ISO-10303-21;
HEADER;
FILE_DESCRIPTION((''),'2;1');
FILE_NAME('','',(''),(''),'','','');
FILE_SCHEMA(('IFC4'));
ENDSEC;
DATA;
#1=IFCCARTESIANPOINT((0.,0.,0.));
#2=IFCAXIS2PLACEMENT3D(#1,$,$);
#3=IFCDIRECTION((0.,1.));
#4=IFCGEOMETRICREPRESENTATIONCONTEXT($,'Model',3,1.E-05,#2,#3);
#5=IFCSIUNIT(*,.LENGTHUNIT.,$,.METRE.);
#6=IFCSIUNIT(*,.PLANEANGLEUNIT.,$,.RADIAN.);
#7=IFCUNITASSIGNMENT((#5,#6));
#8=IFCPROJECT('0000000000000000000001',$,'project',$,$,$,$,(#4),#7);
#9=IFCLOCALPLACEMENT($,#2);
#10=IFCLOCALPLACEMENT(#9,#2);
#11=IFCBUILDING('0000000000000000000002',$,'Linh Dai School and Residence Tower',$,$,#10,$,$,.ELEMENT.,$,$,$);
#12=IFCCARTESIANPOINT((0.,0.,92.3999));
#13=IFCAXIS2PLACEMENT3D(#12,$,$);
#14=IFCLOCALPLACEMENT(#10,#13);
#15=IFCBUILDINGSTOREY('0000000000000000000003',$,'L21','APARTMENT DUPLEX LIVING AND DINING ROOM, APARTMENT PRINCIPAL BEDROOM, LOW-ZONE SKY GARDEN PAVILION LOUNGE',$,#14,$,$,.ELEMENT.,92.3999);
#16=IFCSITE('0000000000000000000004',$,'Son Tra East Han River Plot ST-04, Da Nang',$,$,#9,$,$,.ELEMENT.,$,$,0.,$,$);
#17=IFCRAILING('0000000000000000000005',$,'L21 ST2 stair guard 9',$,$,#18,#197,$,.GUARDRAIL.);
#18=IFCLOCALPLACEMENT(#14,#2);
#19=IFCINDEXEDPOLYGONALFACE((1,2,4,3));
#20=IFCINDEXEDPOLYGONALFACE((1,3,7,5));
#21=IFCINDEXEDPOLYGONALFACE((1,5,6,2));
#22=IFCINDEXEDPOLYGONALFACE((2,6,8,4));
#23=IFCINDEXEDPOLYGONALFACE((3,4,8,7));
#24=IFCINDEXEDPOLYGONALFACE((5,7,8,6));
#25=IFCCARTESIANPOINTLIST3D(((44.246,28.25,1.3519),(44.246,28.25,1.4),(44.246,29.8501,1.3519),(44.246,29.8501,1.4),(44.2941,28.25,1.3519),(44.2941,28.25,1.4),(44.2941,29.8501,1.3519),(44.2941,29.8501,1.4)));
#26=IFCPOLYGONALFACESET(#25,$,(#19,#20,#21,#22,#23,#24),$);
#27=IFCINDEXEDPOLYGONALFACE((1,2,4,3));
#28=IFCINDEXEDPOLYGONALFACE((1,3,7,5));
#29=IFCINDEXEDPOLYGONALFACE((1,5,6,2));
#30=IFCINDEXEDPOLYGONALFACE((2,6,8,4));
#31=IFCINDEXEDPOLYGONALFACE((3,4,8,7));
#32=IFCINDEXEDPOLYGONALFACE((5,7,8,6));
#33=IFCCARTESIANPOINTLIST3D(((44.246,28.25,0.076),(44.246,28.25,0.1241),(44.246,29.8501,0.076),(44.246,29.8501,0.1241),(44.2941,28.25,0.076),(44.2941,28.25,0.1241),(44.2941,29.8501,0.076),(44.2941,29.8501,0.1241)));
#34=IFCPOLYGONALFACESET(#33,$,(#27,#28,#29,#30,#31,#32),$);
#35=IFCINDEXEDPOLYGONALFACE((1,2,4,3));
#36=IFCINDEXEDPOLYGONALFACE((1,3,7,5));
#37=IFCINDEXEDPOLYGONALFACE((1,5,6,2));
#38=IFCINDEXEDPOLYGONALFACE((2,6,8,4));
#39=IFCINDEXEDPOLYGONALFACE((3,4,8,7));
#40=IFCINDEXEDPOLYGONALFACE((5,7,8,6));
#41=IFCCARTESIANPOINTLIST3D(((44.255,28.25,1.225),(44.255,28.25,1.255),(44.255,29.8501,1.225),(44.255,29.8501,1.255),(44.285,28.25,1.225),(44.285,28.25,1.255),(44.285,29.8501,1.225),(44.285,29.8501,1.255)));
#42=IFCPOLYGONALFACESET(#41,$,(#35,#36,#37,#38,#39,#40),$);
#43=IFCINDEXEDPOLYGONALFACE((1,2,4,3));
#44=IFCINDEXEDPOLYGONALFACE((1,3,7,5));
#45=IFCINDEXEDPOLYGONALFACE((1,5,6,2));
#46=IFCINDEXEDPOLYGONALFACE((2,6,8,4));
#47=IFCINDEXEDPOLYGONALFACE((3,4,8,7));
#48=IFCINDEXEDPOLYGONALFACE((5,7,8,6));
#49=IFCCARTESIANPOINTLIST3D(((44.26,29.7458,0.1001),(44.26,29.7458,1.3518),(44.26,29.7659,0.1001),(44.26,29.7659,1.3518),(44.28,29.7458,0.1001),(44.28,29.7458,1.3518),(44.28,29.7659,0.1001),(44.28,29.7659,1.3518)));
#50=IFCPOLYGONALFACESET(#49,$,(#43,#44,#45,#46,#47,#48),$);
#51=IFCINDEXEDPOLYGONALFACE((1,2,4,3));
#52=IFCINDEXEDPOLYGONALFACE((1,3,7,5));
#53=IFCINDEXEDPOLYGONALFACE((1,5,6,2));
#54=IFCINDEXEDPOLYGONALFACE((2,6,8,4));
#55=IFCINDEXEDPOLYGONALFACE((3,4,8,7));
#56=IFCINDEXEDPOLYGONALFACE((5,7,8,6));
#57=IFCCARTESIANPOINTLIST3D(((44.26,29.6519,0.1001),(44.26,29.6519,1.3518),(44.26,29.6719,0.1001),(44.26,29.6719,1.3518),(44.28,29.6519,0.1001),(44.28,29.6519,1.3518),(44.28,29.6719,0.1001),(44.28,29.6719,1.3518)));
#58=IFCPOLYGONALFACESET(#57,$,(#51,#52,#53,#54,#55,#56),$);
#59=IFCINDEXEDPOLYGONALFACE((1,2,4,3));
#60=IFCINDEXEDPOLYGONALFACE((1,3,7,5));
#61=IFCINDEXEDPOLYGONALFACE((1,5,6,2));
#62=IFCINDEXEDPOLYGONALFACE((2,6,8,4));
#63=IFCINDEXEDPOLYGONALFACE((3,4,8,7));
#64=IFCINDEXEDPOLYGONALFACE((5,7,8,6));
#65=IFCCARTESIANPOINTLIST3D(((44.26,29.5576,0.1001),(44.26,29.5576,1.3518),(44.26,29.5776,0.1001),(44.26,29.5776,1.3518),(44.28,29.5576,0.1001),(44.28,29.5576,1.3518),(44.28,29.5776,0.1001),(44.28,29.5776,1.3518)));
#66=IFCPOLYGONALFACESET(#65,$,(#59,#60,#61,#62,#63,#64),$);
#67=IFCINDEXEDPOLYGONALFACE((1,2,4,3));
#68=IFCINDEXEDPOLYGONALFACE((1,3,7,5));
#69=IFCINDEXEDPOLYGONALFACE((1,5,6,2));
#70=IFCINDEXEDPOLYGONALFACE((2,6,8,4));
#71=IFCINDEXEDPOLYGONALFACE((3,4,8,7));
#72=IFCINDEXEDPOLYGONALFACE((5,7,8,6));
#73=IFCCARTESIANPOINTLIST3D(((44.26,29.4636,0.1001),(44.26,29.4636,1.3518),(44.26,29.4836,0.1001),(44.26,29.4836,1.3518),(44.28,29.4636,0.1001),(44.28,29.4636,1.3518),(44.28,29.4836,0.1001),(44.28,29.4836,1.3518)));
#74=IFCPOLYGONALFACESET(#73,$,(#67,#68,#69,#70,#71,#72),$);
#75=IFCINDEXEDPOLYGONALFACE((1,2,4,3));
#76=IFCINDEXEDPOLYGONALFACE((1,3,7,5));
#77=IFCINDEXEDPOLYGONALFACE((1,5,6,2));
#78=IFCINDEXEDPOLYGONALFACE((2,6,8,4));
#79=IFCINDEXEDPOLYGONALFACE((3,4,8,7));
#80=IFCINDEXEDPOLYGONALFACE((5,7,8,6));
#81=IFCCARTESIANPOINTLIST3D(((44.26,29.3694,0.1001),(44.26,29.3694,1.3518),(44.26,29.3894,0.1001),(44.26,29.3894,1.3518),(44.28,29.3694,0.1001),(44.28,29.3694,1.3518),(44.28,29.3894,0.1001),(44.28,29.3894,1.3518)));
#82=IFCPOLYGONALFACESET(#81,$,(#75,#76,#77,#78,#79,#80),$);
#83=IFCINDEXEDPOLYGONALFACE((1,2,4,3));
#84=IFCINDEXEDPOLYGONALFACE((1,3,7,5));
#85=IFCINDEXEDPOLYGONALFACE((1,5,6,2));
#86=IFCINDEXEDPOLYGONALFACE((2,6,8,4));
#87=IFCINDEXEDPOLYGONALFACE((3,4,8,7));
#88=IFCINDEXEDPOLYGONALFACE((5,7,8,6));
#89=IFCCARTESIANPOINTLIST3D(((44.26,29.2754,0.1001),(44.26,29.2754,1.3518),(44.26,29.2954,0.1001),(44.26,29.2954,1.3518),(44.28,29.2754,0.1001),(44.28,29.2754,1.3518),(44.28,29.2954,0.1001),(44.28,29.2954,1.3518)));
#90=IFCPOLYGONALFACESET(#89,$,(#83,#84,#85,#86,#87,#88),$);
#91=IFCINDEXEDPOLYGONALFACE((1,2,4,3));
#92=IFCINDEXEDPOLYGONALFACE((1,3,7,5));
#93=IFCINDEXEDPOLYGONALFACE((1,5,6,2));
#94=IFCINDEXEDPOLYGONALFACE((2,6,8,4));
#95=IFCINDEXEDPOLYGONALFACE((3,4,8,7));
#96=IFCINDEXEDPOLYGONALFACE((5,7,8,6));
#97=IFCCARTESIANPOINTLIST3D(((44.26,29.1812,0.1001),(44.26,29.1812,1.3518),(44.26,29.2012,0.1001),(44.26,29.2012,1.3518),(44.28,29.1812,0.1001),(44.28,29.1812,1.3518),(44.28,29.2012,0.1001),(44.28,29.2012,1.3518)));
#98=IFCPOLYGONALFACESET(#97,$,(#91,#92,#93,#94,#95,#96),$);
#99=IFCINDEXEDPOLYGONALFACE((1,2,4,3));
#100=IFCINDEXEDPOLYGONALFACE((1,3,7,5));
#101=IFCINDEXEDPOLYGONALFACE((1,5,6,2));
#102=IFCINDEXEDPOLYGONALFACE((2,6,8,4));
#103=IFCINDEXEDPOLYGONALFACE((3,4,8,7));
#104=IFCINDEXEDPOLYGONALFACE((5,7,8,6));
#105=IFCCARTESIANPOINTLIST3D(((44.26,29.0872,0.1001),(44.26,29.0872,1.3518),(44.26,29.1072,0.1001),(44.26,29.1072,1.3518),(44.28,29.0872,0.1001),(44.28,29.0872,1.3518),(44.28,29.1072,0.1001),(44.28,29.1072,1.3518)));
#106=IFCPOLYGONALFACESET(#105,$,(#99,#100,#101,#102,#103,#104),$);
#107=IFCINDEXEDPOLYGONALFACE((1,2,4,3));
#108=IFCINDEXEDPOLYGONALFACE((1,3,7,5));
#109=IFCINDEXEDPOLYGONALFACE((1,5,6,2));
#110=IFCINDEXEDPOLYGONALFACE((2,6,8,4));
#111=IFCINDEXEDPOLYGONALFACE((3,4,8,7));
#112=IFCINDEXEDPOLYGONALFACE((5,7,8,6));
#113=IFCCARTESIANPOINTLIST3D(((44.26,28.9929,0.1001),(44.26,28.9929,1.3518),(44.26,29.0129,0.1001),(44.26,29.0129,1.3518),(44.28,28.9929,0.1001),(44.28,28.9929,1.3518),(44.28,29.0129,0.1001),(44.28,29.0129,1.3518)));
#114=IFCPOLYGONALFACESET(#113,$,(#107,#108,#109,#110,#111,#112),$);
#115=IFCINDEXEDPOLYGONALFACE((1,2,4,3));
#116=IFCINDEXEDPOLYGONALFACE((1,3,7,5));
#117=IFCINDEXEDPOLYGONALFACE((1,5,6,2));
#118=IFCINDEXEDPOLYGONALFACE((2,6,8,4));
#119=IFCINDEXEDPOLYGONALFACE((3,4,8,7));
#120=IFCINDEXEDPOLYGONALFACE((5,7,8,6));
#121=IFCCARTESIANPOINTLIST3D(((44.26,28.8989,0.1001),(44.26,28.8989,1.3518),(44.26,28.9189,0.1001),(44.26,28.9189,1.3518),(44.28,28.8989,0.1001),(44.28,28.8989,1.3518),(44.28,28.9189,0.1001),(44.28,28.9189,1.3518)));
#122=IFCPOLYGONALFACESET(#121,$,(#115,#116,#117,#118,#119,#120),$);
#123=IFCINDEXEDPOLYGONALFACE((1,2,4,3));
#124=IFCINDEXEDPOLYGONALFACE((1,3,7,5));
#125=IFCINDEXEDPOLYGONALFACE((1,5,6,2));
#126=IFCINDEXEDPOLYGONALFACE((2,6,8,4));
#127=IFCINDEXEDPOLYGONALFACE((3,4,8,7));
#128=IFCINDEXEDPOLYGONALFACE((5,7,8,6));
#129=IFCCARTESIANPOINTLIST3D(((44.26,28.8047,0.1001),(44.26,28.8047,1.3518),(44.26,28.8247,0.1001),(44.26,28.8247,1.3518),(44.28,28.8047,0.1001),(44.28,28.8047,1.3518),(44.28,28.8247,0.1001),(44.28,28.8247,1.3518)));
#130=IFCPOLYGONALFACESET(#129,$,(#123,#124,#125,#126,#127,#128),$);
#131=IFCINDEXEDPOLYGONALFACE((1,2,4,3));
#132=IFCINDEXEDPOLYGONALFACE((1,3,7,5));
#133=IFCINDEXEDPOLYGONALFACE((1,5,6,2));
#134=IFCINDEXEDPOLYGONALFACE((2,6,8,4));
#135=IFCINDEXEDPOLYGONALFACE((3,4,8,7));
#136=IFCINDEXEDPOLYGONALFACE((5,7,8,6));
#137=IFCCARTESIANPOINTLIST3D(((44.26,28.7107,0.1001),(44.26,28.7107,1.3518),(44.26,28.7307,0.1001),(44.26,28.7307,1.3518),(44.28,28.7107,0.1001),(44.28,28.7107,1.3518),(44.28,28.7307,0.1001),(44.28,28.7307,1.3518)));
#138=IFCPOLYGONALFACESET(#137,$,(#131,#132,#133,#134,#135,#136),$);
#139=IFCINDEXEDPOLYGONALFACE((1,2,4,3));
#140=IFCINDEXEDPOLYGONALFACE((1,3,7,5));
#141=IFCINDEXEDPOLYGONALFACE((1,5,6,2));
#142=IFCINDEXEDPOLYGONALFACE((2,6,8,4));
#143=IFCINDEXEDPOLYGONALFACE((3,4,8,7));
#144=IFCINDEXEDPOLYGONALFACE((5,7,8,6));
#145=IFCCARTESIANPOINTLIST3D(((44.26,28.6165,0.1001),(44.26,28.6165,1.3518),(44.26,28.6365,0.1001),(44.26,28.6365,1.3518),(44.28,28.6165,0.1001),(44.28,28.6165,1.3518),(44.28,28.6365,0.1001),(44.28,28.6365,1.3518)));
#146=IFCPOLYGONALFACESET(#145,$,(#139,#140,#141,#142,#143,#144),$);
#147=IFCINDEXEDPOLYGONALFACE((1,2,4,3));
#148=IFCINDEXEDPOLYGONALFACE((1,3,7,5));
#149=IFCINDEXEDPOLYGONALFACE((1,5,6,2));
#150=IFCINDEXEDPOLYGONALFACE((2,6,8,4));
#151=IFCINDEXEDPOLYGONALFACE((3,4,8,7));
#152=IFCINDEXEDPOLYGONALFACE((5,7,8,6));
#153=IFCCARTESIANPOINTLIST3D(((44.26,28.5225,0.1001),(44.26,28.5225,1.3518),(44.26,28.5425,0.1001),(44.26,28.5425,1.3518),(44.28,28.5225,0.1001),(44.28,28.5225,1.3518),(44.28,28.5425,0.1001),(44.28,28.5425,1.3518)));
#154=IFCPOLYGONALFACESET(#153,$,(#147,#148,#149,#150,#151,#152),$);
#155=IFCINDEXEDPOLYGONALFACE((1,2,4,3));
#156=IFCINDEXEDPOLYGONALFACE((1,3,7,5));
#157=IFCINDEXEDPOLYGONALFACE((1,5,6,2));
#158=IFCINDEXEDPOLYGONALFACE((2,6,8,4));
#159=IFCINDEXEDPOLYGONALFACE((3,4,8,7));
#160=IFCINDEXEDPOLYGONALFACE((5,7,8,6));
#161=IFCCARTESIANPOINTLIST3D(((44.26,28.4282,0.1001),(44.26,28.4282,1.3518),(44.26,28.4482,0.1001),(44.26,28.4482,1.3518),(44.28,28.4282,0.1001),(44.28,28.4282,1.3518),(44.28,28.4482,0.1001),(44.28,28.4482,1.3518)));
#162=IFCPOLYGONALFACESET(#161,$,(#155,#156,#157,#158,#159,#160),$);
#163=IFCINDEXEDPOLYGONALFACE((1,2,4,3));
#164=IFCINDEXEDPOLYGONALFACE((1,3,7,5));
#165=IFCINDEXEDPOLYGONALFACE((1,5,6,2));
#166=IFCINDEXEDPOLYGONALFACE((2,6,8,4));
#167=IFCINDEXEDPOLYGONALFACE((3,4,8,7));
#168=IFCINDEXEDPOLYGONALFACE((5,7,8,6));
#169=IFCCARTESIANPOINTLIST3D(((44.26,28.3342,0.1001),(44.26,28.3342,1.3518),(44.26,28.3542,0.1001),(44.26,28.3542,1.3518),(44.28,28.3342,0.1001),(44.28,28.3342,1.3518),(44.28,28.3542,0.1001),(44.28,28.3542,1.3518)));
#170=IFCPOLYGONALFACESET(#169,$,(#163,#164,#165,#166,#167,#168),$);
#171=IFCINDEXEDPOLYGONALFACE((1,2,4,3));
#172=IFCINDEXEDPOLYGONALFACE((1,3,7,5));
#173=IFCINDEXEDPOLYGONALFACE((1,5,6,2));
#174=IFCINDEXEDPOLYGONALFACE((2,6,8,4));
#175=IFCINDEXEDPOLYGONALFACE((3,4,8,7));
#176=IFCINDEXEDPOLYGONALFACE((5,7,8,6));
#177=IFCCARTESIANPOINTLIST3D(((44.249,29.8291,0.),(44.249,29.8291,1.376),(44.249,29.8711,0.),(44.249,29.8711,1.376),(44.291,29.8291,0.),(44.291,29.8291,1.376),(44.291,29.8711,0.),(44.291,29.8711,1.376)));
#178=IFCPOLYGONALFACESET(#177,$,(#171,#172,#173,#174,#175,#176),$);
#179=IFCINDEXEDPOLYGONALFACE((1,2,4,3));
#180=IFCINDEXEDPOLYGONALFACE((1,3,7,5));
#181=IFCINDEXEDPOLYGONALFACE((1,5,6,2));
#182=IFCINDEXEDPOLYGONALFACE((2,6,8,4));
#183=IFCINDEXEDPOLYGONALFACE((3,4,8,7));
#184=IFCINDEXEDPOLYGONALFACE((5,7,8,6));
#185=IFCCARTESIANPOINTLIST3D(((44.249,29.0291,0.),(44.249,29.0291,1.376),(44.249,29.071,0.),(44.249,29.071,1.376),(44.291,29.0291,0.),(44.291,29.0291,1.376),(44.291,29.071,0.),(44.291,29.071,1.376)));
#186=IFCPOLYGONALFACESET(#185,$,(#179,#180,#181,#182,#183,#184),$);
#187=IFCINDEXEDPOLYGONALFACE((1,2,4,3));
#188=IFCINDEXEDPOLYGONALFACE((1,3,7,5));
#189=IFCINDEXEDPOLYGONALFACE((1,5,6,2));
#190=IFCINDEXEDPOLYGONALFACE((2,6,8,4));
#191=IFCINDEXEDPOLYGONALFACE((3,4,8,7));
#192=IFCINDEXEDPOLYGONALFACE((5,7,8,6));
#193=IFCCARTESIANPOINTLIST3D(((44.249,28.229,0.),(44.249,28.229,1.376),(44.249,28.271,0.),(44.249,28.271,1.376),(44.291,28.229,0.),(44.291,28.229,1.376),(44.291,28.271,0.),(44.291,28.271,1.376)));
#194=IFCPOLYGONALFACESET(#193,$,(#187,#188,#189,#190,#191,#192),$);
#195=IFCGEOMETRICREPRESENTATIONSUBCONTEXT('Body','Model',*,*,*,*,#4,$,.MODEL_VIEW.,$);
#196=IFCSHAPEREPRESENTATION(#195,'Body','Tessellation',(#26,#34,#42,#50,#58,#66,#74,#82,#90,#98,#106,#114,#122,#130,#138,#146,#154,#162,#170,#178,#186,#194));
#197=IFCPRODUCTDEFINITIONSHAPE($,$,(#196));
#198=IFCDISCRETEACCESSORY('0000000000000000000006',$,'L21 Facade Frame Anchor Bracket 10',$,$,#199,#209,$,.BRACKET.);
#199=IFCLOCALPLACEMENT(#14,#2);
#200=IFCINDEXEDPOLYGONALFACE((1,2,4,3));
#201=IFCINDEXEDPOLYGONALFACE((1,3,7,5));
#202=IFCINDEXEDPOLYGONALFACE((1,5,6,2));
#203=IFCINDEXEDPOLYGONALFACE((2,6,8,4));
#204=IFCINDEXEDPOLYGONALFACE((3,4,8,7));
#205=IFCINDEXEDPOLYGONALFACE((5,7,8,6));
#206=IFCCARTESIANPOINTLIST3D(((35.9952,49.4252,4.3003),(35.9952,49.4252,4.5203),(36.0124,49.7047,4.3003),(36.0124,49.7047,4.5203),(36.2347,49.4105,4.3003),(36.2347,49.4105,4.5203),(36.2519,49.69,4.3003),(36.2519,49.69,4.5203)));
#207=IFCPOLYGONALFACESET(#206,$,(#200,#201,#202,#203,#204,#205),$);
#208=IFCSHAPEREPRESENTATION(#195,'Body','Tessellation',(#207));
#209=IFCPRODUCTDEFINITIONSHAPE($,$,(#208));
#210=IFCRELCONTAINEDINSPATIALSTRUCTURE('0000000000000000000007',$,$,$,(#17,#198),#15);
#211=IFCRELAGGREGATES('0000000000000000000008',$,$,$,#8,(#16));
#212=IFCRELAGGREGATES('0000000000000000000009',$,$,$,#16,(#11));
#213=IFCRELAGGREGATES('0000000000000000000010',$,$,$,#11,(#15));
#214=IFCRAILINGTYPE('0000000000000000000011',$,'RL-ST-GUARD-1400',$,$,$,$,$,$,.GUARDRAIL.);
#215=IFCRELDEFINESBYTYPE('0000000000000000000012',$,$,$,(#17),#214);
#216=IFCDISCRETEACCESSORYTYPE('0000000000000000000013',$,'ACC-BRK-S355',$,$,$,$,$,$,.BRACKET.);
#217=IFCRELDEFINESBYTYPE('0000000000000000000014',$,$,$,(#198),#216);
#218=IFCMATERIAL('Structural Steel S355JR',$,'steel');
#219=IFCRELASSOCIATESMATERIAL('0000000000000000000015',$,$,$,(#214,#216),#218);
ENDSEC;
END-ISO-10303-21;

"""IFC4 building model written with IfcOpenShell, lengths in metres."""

from ifc_helpers import new_model, si_unit, direction, frame, origin, origin_2d, place, context, subcontext, project, spatial, rectangle, extrude, source, transform, mapped, material, type_object, element, save


model = new_model("IFC4")

# Units and contexts
model_context = context("Model", 3, precision=1e-05, world=origin(), true_north=direction((0.0, 1.0)))
body_context = subcontext(model_context, "Body", "Model", "MODEL_VIEW")
ifc_project = project(units=[si_unit("LENGTHUNIT", "METRE"), si_unit("PLANEANGLEUNIT", "RADIAN")], contexts=[model_context])

# Site, building, storey
site_placement = place(None, origin())
site = spatial("IfcSite", under=ifc_project, at=site_placement, Name="Son Tra East Han River Plot ST-04, Da Nang", CompositionType="ELEMENT", RefElevation=0.0)
building_placement = place(site_placement, origin())
building = spatial("IfcBuilding", under=site, at=building_placement, Name="Linh Dai School and Residence Tower", CompositionType="ELEMENT")
storey_placement = place(building_placement, frame((0.0, 0.0, 92.3999)))
storey = spatial("IfcBuildingStorey", under=building, at=storey_placement, Name="L21", Description="APARTMENT DUPLEX LIVING AND DINING ROOM, APARTMENT PRINCIPAL BEDROOM, LOW-ZONE SKY GARDEN PAVILION LOUNGE", CompositionType="ELEMENT", Elevation=92.3999)

# Shared definitions
ifc_material_1 = material(Name="Structural Steel S355JR", Category="steel")

# Railing
railing_type = type_object("IfcRailingType", Name="RL-ST-GUARD-1400", PredefinedType="GUARDRAIL", material=ifc_material_1)
shared_shape_1 = source(origin(), body_context, "Body", "SweptSolid", [
    extrude(rectangle(XDim=0.0481, YDim=0.0481, at=origin_2d()), frame((0.0, 0.0, 1.376), z_axis=(0.0, -1.0, 0.0), x_axis=(1.0, 0.0, 0.0)), (0.0, 0.0, 1.0), 1.6001),
    extrude(rectangle(XDim=0.0481, YDim=0.0481, at=origin_2d()), frame((0.0, 0.0, 0.1001), z_axis=(0.0, -1.0, 0.0), x_axis=(1.0, 0.0, 0.0)), (0.0, 0.0, 1.0), 1.6001),
    extrude(rectangle(XDim=0.03, YDim=0.03, at=origin_2d()), frame((0.0, 0.0, 1.24), z_axis=(0.0, -1.0, 0.0), x_axis=(1.0, 0.0, 0.0)), (0.0, 0.0, 1.0), 1.6001),
    extrude(rectangle(XDim=0.02, YDim=0.02, at=origin_2d()), frame((0.0, -0.0942, 0.1001)), (0.0, 0.0, 1.0), 1.2517),
    extrude(rectangle(XDim=0.02, YDim=0.02, at=origin_2d()), frame((0.0, -0.1882, 0.1001)), (0.0, 0.0, 1.0), 1.2517),
    extrude(rectangle(XDim=0.02, YDim=0.02, at=origin_2d()), frame((0.0, -0.2825, 0.1001)), (0.0, 0.0, 1.0), 1.2517),
    extrude(rectangle(XDim=0.02, YDim=0.02, at=origin_2d()), frame((0.0, -0.3765, 0.1001)), (0.0, 0.0, 1.0), 1.2517),
    extrude(rectangle(XDim=0.02, YDim=0.02, at=origin_2d()), frame((0.0, -0.4707, 0.1001)), (0.0, 0.0, 1.0), 1.2517),
    extrude(rectangle(XDim=0.02, YDim=0.02, at=origin_2d()), frame((0.0, -0.5647, 0.1001)), (0.0, 0.0, 1.0), 1.2517),
    extrude(rectangle(XDim=0.02, YDim=0.02, at=origin_2d()), frame((0.0, -0.6589, 0.1001)), (0.0, 0.0, 1.0), 1.2517),
    extrude(rectangle(XDim=0.02, YDim=0.02, at=origin_2d()), frame((0.0, -0.7529, 0.1001)), (0.0, 0.0, 1.0), 1.2517),
    extrude(rectangle(XDim=0.02, YDim=0.02, at=origin_2d()), frame((0.0, -0.8472, 0.1001)), (0.0, 0.0, 1.0), 1.2517),
    extrude(rectangle(XDim=0.02, YDim=0.02, at=origin_2d()), frame((0.0, -0.9412, 0.1001)), (0.0, 0.0, 1.0), 1.2517),
    extrude(rectangle(XDim=0.02, YDim=0.02, at=origin_2d()), frame((0.0, -1.0354, 0.1001)), (0.0, 0.0, 1.0), 1.2517),
    extrude(rectangle(XDim=0.02, YDim=0.02, at=origin_2d()), frame((0.0, -1.1294, 0.1001)), (0.0, 0.0, 1.0), 1.2517),
    extrude(rectangle(XDim=0.02, YDim=0.02, at=origin_2d()), frame((0.0, -1.2236, 0.1001)), (0.0, 0.0, 1.0), 1.2517),
    extrude(rectangle(XDim=0.02, YDim=0.02, at=origin_2d()), frame((0.0, -1.3176, 0.1001)), (0.0, 0.0, 1.0), 1.2517),
    extrude(rectangle(XDim=0.02, YDim=0.02, at=origin_2d()), frame((0.0, -1.4119, 0.1001)), (0.0, 0.0, 1.0), 1.2517),
    extrude(rectangle(XDim=0.02, YDim=0.02, at=origin_2d()), frame((0.0, -1.5059, 0.1001)), (0.0, 0.0, 1.0), 1.2517),
    extrude(rectangle(XDim=0.042, YDim=0.042, at=origin_2d()), origin(), (0.0, 0.0, 1.0), 1.376),
    extrude(rectangle(XDim=0.042, YDim=0.042, at=origin_2d()), frame((0.0, -0.8, 0.0)), (0.0, 0.0, 1.0), 1.376),
    extrude(rectangle(XDim=0.042, YDim=0.042, at=origin_2d()), frame((0.0, -1.6001, 0.0)), (0.0, 0.0, 1.0), 1.376),
])
railing_placement = place(storey_placement, frame((44.27, 29.8501, 0.0)))
element("IfcRailing", 1, at=railing_placement, inside=storey, type_object=railing_type, Name="L21 ST2 stair guard 9", PredefinedType="GUARDRAIL", context=body_context, shape_type="MappedRepresentation", body=[
    mapped(shared_shape_1, transform((0.0, 0.0, 0.0), x_axis=(1.0, 0.0, 0.0), y_axis=(0.0, 1.0, 0.0), z_axis=(0.0, 0.0, 1.0), scale=1.0)),
])

# Discrete accessory
discrete_accessory_type = type_object("IfcDiscreteAccessoryType", Name="ACC-BRK-S355", PredefinedType="BRACKET", material=ifc_material_1)
shared_shape_2 = source(origin(), body_context, "Body", "SweptSolid", [
    extrude(rectangle(XDim=0.28, YDim=0.24, at=origin_2d()), origin(), (0.0, 0.0, 1.0), 0.22),
])
discrete_accessory_placement = place(storey_placement, frame((36.1235, 49.5576, 4.3003), z_axis=(0.0, 0.0, 1.0), x_axis=(0.061509, 0.998107, 0.0)))
element("IfcDiscreteAccessory", 2, at=discrete_accessory_placement, inside=storey, type_object=discrete_accessory_type, Name="L21 Facade Frame Anchor Bracket 10", PredefinedType="BRACKET", context=body_context, shape_type="MappedRepresentation", body=[
    mapped(shared_shape_2, transform((0.0, 0.0, 0.0), x_axis=(1.0, 0.0, 0.0), y_axis=(0.0, 1.0, 0.0), z_axis=(0.0, 0.0, 1.0), scale=1.0)),
])

save(model, "model.ifc")
